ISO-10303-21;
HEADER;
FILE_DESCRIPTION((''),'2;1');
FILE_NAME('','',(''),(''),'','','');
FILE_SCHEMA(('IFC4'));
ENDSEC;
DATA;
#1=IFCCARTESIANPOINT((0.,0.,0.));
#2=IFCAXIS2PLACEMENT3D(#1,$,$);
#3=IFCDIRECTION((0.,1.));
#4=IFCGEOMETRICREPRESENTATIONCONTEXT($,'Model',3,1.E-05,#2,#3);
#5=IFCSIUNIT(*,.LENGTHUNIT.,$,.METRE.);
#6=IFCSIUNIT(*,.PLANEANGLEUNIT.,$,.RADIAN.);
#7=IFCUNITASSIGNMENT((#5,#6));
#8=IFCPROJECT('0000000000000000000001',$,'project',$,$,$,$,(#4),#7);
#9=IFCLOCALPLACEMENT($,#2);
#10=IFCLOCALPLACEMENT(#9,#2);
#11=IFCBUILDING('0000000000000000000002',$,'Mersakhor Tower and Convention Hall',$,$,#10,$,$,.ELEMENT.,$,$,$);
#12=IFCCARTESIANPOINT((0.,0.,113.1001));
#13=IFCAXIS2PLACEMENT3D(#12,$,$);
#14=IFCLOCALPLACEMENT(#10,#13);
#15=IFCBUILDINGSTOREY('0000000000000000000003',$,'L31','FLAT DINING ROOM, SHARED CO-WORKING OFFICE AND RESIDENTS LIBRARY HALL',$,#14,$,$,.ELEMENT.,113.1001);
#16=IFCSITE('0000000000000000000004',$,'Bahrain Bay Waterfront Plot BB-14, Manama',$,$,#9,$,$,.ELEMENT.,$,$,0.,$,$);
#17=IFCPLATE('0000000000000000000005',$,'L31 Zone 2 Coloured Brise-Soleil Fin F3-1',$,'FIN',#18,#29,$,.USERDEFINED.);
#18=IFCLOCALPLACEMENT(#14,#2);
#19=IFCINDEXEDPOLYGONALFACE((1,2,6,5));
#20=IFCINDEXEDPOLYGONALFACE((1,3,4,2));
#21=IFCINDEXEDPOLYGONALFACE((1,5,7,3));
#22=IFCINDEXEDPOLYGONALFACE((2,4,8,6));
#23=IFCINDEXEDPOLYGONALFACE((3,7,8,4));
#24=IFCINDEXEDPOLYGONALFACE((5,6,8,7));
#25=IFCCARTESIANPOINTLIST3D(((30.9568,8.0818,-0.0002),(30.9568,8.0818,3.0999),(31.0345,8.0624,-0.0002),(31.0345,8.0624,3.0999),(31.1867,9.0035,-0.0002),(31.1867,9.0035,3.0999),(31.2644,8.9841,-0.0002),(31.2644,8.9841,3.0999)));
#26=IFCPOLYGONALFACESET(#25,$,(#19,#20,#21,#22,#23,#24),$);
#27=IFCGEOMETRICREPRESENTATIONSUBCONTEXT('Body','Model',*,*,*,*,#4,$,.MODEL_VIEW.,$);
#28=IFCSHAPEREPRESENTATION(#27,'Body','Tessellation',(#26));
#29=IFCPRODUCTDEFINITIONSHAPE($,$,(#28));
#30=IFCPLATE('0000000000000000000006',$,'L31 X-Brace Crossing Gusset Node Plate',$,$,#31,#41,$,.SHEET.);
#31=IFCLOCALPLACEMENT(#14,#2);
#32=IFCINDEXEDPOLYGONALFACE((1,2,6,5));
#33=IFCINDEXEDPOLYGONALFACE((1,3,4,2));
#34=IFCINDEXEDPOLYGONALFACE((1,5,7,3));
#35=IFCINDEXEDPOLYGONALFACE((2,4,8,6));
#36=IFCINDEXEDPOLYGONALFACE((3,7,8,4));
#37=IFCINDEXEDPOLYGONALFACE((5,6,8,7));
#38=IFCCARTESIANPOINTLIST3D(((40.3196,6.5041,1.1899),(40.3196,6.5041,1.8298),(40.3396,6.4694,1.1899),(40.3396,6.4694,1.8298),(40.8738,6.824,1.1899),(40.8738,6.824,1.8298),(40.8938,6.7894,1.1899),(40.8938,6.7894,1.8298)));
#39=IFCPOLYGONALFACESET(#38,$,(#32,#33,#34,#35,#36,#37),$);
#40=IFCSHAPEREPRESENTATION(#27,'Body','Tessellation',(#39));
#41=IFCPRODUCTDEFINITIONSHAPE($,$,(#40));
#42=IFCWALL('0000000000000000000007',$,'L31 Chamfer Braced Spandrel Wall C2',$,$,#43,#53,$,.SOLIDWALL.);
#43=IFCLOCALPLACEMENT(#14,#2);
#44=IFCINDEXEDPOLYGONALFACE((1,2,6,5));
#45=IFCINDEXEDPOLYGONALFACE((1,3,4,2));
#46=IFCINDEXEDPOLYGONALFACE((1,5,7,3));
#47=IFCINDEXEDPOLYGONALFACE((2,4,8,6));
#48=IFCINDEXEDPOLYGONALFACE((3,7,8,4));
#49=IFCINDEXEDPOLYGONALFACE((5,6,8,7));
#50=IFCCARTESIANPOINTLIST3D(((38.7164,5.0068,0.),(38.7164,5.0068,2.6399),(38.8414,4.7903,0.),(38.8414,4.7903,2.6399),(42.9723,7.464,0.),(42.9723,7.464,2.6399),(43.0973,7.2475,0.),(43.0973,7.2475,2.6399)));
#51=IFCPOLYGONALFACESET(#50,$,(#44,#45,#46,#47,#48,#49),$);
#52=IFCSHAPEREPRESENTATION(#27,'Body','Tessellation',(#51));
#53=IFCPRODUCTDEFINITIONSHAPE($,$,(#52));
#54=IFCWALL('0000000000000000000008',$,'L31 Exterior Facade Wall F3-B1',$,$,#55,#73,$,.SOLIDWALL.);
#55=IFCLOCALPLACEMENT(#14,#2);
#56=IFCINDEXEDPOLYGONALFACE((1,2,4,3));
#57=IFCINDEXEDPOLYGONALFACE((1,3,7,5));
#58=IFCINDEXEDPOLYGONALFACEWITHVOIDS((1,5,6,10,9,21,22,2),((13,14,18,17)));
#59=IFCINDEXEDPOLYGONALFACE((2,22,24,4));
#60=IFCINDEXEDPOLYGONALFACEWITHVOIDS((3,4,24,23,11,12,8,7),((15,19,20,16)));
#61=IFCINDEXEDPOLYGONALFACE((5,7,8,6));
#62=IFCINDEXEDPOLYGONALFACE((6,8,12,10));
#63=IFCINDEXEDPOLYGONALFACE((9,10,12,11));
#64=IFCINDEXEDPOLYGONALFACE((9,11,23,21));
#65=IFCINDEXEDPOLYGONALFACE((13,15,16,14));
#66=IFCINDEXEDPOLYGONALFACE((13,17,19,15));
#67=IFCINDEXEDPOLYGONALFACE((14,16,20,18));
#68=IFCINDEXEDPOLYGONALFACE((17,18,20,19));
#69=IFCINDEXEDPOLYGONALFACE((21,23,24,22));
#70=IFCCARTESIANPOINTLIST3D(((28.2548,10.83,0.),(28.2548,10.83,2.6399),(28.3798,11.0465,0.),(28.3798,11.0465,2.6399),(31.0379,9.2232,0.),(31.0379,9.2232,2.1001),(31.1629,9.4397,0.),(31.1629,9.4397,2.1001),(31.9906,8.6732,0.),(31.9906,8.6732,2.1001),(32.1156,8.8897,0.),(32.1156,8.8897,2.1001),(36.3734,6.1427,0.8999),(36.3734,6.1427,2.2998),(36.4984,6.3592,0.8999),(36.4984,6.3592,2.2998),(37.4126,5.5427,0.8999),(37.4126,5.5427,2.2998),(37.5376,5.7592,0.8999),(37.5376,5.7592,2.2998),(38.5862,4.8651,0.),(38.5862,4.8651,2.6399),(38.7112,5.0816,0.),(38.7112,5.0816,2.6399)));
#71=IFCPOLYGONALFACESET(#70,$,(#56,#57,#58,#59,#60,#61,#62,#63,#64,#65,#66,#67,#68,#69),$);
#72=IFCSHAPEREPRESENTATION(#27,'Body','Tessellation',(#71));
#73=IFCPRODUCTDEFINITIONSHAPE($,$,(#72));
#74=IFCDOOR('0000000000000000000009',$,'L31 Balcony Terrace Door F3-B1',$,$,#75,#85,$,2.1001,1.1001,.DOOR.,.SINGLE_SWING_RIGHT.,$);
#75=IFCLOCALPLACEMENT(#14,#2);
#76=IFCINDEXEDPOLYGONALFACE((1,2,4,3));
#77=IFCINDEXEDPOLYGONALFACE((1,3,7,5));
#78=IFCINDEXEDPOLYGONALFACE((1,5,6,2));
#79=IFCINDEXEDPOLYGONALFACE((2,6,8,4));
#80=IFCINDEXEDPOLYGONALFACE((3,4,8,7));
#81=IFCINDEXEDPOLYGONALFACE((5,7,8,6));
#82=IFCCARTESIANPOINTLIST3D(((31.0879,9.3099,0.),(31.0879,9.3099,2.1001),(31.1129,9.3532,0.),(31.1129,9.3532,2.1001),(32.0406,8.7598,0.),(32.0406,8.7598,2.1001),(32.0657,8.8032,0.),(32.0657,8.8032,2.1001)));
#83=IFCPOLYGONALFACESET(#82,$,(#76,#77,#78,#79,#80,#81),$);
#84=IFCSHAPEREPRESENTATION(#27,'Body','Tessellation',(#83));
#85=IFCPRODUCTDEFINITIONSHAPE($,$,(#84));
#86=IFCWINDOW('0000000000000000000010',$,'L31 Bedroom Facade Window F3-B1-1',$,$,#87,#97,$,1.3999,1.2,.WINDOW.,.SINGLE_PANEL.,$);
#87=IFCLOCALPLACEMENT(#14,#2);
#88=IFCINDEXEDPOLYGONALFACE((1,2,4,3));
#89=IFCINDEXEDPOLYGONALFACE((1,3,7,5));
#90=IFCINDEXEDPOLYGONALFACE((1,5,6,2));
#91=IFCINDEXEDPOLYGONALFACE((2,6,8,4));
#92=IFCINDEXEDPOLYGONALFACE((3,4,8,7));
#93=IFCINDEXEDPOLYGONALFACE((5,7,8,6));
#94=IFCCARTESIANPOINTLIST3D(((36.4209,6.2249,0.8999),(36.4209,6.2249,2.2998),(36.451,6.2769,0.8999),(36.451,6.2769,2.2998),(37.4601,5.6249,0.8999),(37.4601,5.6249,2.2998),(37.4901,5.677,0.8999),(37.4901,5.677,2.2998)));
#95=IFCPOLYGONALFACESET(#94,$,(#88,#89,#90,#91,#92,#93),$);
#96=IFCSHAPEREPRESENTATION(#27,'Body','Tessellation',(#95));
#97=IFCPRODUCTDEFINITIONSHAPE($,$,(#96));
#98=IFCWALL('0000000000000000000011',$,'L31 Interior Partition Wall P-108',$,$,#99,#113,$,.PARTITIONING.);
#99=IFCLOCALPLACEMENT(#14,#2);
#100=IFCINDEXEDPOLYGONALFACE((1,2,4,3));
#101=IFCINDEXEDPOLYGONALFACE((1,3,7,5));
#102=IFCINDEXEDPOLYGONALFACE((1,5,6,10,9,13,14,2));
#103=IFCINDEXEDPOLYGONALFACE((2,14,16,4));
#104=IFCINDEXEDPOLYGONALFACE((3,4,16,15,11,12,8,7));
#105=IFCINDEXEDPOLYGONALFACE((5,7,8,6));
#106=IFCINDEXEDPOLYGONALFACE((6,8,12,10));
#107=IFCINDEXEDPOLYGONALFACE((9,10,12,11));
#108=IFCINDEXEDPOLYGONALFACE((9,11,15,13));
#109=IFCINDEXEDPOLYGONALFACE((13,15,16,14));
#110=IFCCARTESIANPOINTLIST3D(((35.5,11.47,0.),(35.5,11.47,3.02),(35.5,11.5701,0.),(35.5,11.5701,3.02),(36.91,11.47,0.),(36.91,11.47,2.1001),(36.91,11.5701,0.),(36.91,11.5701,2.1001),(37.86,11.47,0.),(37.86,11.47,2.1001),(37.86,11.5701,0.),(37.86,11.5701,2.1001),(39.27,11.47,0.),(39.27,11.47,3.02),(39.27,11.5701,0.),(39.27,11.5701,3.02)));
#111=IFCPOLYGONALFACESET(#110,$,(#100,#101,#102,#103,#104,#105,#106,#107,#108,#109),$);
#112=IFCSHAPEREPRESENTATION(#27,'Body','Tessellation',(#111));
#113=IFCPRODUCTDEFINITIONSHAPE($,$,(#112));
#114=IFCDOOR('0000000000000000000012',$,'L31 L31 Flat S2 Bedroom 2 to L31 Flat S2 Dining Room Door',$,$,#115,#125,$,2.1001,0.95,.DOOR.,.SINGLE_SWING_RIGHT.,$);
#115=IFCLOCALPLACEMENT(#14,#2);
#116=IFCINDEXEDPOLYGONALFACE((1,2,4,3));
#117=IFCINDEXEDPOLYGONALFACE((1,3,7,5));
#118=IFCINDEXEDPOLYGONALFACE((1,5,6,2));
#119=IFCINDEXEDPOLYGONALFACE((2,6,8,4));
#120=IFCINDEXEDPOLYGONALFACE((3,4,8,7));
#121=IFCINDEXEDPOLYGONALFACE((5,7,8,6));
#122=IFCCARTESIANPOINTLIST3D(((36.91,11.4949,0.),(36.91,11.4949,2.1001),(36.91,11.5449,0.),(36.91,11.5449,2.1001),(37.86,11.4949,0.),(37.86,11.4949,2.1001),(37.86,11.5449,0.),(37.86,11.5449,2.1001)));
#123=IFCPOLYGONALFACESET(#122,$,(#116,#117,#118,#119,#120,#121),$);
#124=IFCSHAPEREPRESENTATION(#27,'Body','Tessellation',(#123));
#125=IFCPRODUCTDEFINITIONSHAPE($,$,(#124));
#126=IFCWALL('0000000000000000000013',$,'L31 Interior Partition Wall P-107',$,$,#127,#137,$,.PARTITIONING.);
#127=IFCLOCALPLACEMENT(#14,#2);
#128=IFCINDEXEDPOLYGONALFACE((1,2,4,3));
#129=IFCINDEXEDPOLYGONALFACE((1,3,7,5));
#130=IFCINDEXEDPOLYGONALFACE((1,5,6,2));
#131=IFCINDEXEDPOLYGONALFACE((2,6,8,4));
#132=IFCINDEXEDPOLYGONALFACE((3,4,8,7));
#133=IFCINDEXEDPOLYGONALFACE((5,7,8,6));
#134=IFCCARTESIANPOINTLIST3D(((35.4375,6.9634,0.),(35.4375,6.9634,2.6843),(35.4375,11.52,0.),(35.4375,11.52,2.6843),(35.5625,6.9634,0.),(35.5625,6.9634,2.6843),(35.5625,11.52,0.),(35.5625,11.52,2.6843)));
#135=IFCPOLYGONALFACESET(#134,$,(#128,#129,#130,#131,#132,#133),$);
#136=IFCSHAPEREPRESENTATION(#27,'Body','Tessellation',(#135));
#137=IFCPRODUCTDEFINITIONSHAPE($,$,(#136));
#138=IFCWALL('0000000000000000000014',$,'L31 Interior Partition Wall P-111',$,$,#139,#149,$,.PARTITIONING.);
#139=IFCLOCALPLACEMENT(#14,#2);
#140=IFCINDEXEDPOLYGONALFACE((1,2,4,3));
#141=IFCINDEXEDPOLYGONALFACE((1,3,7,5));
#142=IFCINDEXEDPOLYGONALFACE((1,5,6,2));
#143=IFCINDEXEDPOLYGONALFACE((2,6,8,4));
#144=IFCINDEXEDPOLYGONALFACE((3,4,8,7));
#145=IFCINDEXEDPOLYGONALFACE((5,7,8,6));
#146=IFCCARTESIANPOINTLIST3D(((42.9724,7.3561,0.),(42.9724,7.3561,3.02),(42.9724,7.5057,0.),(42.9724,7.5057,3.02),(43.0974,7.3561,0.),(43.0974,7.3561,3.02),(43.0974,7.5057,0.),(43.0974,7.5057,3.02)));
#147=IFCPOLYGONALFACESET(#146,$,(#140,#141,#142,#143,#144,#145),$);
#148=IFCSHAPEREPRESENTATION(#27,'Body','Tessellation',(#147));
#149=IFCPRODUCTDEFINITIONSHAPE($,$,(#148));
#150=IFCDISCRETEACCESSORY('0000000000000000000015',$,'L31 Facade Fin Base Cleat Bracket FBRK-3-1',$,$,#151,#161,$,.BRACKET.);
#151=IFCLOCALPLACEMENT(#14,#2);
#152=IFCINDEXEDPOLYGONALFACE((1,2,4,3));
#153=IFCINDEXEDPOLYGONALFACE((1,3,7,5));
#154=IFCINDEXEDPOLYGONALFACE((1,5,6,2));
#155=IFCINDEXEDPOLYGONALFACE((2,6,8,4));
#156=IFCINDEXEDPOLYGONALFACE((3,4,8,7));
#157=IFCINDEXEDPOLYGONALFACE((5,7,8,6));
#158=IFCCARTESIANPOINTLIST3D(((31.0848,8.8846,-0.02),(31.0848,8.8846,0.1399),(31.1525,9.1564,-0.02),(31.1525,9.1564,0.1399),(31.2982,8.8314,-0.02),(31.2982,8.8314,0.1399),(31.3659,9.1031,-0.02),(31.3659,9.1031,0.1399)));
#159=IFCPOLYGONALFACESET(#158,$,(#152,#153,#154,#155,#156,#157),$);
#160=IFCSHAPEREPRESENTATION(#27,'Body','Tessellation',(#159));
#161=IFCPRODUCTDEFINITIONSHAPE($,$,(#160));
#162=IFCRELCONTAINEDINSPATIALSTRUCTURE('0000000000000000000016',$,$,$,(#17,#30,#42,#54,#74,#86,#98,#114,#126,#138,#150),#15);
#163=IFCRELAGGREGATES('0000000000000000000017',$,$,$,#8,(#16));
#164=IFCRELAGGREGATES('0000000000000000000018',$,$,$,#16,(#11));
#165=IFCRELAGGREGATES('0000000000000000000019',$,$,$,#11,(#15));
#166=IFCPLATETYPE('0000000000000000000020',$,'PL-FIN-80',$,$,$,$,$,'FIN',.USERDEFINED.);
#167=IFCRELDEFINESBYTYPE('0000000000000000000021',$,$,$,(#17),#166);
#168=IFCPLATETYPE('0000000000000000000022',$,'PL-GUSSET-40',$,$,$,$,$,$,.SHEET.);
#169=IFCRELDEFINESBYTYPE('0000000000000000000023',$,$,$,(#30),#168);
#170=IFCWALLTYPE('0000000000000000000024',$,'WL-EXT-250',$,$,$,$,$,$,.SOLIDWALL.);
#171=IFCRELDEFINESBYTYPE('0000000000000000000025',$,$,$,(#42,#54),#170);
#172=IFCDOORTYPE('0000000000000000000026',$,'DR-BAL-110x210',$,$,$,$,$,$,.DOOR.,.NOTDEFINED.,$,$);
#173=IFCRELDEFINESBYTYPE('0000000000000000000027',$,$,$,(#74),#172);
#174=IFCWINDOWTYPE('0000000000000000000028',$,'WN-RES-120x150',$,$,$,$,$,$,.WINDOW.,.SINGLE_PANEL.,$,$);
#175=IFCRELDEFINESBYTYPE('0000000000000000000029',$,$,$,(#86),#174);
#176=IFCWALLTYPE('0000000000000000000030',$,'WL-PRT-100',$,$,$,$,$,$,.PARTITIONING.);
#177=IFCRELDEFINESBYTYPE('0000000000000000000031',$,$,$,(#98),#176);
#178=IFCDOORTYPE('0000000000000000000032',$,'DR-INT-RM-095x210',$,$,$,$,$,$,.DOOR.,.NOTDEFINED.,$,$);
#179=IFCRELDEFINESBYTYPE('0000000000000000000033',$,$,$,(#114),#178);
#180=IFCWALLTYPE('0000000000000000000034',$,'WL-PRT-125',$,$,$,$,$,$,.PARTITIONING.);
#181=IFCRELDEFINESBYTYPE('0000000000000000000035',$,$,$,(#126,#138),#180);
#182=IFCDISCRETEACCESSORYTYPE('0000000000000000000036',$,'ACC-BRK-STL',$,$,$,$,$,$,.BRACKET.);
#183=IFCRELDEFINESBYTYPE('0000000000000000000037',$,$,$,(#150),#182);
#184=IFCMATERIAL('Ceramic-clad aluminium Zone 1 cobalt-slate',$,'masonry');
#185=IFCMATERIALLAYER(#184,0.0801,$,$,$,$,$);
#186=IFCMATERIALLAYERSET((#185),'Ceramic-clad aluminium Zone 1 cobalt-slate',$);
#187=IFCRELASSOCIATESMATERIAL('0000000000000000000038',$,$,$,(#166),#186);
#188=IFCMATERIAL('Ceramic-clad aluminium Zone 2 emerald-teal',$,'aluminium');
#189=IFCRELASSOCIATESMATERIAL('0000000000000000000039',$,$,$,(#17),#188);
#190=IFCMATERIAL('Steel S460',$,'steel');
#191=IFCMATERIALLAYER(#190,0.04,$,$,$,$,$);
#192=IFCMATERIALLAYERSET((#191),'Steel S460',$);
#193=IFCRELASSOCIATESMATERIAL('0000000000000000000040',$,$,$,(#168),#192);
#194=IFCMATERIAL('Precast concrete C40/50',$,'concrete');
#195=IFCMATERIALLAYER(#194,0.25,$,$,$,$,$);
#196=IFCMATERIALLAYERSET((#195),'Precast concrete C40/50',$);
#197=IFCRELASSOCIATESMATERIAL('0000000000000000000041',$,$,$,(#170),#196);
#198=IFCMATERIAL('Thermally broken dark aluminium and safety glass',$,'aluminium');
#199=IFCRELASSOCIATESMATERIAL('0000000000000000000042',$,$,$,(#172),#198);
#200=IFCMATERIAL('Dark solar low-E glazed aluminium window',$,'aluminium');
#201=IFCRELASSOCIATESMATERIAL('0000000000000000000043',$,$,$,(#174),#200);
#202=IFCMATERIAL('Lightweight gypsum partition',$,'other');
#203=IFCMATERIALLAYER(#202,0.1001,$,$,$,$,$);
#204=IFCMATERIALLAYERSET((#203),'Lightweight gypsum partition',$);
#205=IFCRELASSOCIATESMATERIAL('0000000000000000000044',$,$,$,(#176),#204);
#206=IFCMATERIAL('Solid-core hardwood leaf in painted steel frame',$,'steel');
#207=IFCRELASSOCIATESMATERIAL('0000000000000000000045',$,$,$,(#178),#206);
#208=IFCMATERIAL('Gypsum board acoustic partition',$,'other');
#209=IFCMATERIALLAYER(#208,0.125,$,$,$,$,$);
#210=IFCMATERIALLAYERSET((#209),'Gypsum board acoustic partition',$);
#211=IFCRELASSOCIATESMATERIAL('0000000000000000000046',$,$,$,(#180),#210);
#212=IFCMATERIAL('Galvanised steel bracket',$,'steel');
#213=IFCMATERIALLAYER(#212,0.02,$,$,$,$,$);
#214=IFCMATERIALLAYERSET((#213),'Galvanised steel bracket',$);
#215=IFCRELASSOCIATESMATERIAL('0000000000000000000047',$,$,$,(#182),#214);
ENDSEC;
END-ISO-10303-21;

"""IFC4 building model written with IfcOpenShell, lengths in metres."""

from ifc_helpers import new_model, si_unit, direction, frame, frame_2d, origin, origin_2d, place, context, subcontext, project, spatial, rectangle, extrude, material, layer, layer_set, type_object, element, fill, save


model = new_model("IFC4")

# Units and contexts
model_context = context("Model", 3, precision=1e-05, world=origin(), true_north=direction((0.0, 1.0)))
body_context = subcontext(model_context, "Body", "Model", "MODEL_VIEW")
ifc_project = project(units=[si_unit("LENGTHUNIT", "METRE"), si_unit("PLANEANGLEUNIT", "RADIAN")], contexts=[model_context])

# Site, building, storey
site_placement = place(None, origin())
site = spatial("IfcSite", under=ifc_project, at=site_placement, Name="Bahrain Bay Waterfront Plot BB-14, Manama", CompositionType="ELEMENT", RefElevation=0.0)
building_placement = place(site_placement, origin())
building = spatial("IfcBuilding", under=site, at=building_placement, Name="Mersakhor Tower and Convention Hall", CompositionType="ELEMENT")
storey_placement = place(building_placement, frame((0.0, 0.0, 113.1001)))
storey = spatial("IfcBuildingStorey", under=building, at=storey_placement, Name="L31", Description="FLAT DINING ROOM, SHARED CO-WORKING OFFICE AND RESIDENTS LIBRARY HALL", CompositionType="ELEMENT", Elevation=113.1001)

# Plates
ifc_material_1 = material(Name="Ceramic-clad aluminium Zone 2 emerald-teal", Category="aluminium")
ifc_material_2 = material(Name="Ceramic-clad aluminium Zone 1 cobalt-slate", Category="masonry")
ifc_layer_1 = layer(ifc_material_2, 0.0801)
ifc_layer_set_1 = layer_set([ifc_layer_1], Name="Ceramic-clad aluminium Zone 1 cobalt-slate")
plate_type_1 = type_object("IfcPlateType", Name="PL-FIN-80", ElementType="FIN", PredefinedType="USERDEFINED", material=ifc_layer_set_1)
plate_1_placement = place(storey_placement, frame((31.1106, 8.533, -0.0002), z_axis=(0.0, 0.0, 1.0), x_axis=(-0.241922, -0.970296, 0.0)))
element("IfcPlate", 1, at=plate_1_placement, inside=storey, type_object=plate_type_1, material=ifc_material_1, Name="L31 Zone 2 Coloured Brise-Soleil Fin F3-1", ObjectType="FIN", PredefinedType="USERDEFINED", context=body_context, shape_type="SweptSolid", body=[
    extrude(rectangle(XDim=0.95, YDim=0.0801, at=origin_2d()), origin(), (0.0, 0.0, 1.0), 3.1001),
])
ifc_material_3 = material(Name="Steel S460", Category="steel")
ifc_layer_2 = layer(ifc_material_3, 0.04)
ifc_layer_set_2 = layer_set([ifc_layer_2], Name="Steel S460")
plate_type_2 = type_object("IfcPlateType", Name="PL-GUSSET-40", PredefinedType="SHEET", material=ifc_layer_set_2)
plate_2_placement = place(storey_placement, frame((40.6067, 6.6467, 1.1899), z_axis=(0.0, 0.0, 1.0), x_axis=(0.866025, 0.5, 0.0)))
element("IfcPlate", 2, at=plate_2_placement, inside=storey, type_object=plate_type_2, Name="L31 X-Brace Crossing Gusset Node Plate", PredefinedType="SHEET", context=body_context, shape_type="SweptSolid", body=[
    extrude(rectangle(XDim=0.6399, YDim=0.04, at=origin_2d()), origin(), (0.0, 0.0, 1.0), 0.6399),
])

# Wall
ifc_material_4 = material(Name="Precast concrete C40/50", Category="concrete")
ifc_layer_3 = layer(ifc_material_4, 0.25)
ifc_layer_set_3 = layer_set([ifc_layer_3], Name="Precast concrete C40/50")
wall_type_1 = type_object("IfcWallType", Name="WL-EXT-250", PredefinedType="SOLIDWALL", material=ifc_layer_set_3)
wall_1_placement = place(storey_placement, frame((43.0347, 7.3557, 0.0), z_axis=(0.0, 0.0, 1.0), x_axis=(-0.866012, -0.500023, 0.0)))
element("IfcWall", 3, at=wall_1_placement, inside=storey, type_object=wall_type_1, Name="L31 Chamfer Braced Spandrel Wall C2", PredefinedType="SOLIDWALL", context=body_context, shape_type="SweptSolid", body=[
    extrude(rectangle(XDim=4.9143, YDim=0.25, at=frame_2d((2.457, 0.0))), origin(), (0.0, 0.0, 1.0), 2.6399),
])

# Wall, openings, door, window
wall_2_placement = place(storey_placement, frame((38.6487, 4.9734, 0.0), z_axis=(0.0, 0.0, 1.0), x_axis=(-0.866023, 0.500004, 0.0)))
wall_2 = element("IfcWall", 4, at=wall_2_placement, inside=storey, type_object=wall_type_1, Name="L31 Exterior Facade Wall F3-B1", PredefinedType="SOLIDWALL", context=body_context, shape_type="SweptSolid", body=[
    extrude(rectangle(XDim=11.9297, YDim=0.25, at=frame_2d((5.9648, 0.0))), origin(), (0.0, 0.0, 1.0), 2.6399),
])
opening_1_placement = place(wall_2_placement, frame((7.616, 0.0, 0.0)))
opening_1 = element("IfcOpeningElement", 5, at=opening_1_placement, cuts=wall_2, PredefinedType="OPENING", context=body_context, shape_type="SweptSolid", body=[
    extrude(rectangle(XDim=1.1001, YDim=2.1001, at=frame_2d((0.55, 1.05))), frame((0.0, 0.135, 0.0), z_axis=(0.0, -1.0, 0.0), x_axis=(1.0, 0.0, 0.0)), (0.0, 0.0, 1.0), 0.27),
])
opening_2_placement = place(wall_2_placement, frame((1.355, 0.0, 0.8999)))
opening_2 = element("IfcOpeningElement", 6, at=opening_2_placement, cuts=wall_2, PredefinedType="OPENING", context=body_context, shape_type="SweptSolid", body=[
    extrude(rectangle(XDim=1.2, YDim=1.3999, at=frame_2d((0.6001, 0.7))), frame((0.0, 0.135, 0.0), z_axis=(0.0, -1.0, 0.0), x_axis=(1.0, 0.0, 0.0)), (0.0, 0.0, 1.0), 0.27),
])
ifc_material_5 = material(Name="Thermally broken dark aluminium and safety glass", Category="aluminium")
door_type_1 = type_object("IfcDoorType", Name="DR-BAL-110x210", OperationType="NOTDEFINED", PredefinedType="DOOR", material=ifc_material_5)
door_1_placement = place(opening_1_placement, origin())
door_1 = element("IfcDoor", 7, at=door_1_placement, inside=storey, type_object=door_type_1, Name="L31 Balcony Terrace Door F3-B1", OperationType="SINGLE_SWING_RIGHT", OverallHeight=2.1001, OverallWidth=1.1001, PredefinedType="DOOR", context=body_context, shape_type="SweptSolid", body=[
    extrude(rectangle(XDim=1.1001, YDim=2.1001, at=frame_2d((0.55, 1.05))), frame((0.0, 0.0249, 0.0), z_axis=(0.0, -1.0, 0.0), x_axis=(1.0, 0.0, 0.0)), (0.0, 0.0, 1.0), 0.05),
])
fill(opening_1, door_1)
ifc_material_6 = material(Name="Dark solar low-E glazed aluminium window", Category="aluminium")
window_type = type_object("IfcWindowType", Name="WN-RES-120x150", PartitioningType="SINGLE_PANEL", PredefinedType="WINDOW", material=ifc_material_6)
window_placement = place(opening_2_placement, origin())
window = element("IfcWindow", 8, at=window_placement, inside=storey, type_object=window_type, Name="L31 Bedroom Facade Window F3-B1-1", OverallHeight=1.3999, OverallWidth=1.2, PartitioningType="SINGLE_PANEL", PredefinedType="WINDOW", context=body_context, shape_type="SweptSolid", body=[
    extrude(rectangle(XDim=1.2, YDim=1.3999, at=frame_2d((0.6001, 0.7))), frame((0.0, 0.03, 0.0), z_axis=(0.0, -1.0, 0.0), x_axis=(1.0, 0.0, 0.0)), (0.0, 0.0, 1.0), 0.0601),
])
fill(opening_2, window)

# Wall, opening, door
ifc_material_7 = material(Name="Lightweight gypsum partition", Category="other")
ifc_layer_4 = layer(ifc_material_7, 0.1001)
ifc_layer_set_4 = layer_set([ifc_layer_4], Name="Lightweight gypsum partition")
wall_type_2 = type_object("IfcWallType", Name="WL-PRT-100", PredefinedType="PARTITIONING", material=ifc_layer_set_4)
wall_3_placement = place(storey_placement, frame((35.5, 11.52, 0.0), z_axis=(0.0, 0.0, 1.0), x_axis=(1.0, 0.0, 0.0)))
wall_3 = element("IfcWall", 9, at=wall_3_placement, inside=storey, type_object=wall_type_2, Name="L31 Interior Partition Wall P-108", PredefinedType="PARTITIONING", context=body_context, shape_type="SweptSolid", body=[
    extrude(rectangle(XDim=3.77, YDim=0.1001, at=frame_2d((1.885, 0.0))), origin(), (0.0, 0.0, 1.0), 3.02),
])
opening_3_placement = place(wall_3_placement, frame((1.4099, 0.0, 0.0)))
opening_3 = element("IfcOpeningElement", 10, at=opening_3_placement, cuts=wall_3, PredefinedType="OPENING", context=body_context, shape_type="SweptSolid", body=[
    extrude(rectangle(XDim=0.95, YDim=2.1001, at=frame_2d((0.4751, 1.05))), frame((0.0, 0.0601, 0.0), z_axis=(0.0, -1.0, 0.0), x_axis=(1.0, 0.0, 0.0)), (0.0, 0.0, 1.0), 0.1201),
])
ifc_material_8 = material(Name="Solid-core hardwood leaf in painted steel frame", Category="steel")
door_type_2 = type_object("IfcDoorType", Name="DR-INT-RM-095x210", OperationType="NOTDEFINED", PredefinedType="DOOR", material=ifc_material_8)
door_2_placement = place(opening_3_placement, origin())
door_2 = element("IfcDoor", 11, at=door_2_placement, inside=storey, type_object=door_type_2, Name="L31 L31 Flat S2 Bedroom 2 to L31 Flat S2 Dining Room Door", OperationType="SINGLE_SWING_RIGHT", OverallHeight=2.1001, OverallWidth=0.95, PredefinedType="DOOR", context=body_context, shape_type="SweptSolid", body=[
    extrude(rectangle(XDim=0.95, YDim=2.1001, at=frame_2d((0.4751, 1.05))), frame((0.0, 0.0249, 0.0), z_axis=(0.0, -1.0, 0.0), x_axis=(1.0, 0.0, 0.0)), (0.0, 0.0, 1.0), 0.05),
])
fill(opening_3, door_2)

# Walls
ifc_material_9 = material(Name="Gypsum board acoustic partition", Category="other")
ifc_layer_5 = layer(ifc_material_9, 0.125)
ifc_layer_set_5 = layer_set([ifc_layer_5], Name="Gypsum board acoustic partition")
wall_type_3 = type_object("IfcWallType", Name="WL-PRT-125", PredefinedType="PARTITIONING", material=ifc_layer_set_5)
wall_4_placement = place(storey_placement, frame((35.5, 11.52, 0.0), z_axis=(0.0, 0.0, 1.0), x_axis=(0.0, -1.0, 0.0)))
element("IfcWall", 12, at=wall_4_placement, inside=storey, type_object=wall_type_3, Name="L31 Interior Partition Wall P-107", PredefinedType="PARTITIONING", context=body_context, shape_type="SweptSolid", body=[
    extrude(rectangle(XDim=4.5566, YDim=0.125, at=frame_2d((2.2783, 0.0))), origin(), (0.0, 0.0, 1.0), 2.6843),
])
wall_5_placement = place(storey_placement, frame((43.0349, 7.5056, 0.0), z_axis=(0.0, 0.0, 1.0), x_axis=(0.0, -1.0, 0.0)))
element("IfcWall", 13, at=wall_5_placement, inside=storey, type_object=wall_type_3, Name="L31 Interior Partition Wall P-111", PredefinedType="PARTITIONING", context=body_context, shape_type="SweptSolid", body=[
    extrude(rectangle(XDim=0.1497, YDim=0.125, at=frame_2d((0.0747, 0.0))), origin(), (0.0, 0.0, 1.0), 3.02),
])

# Discrete accessory
ifc_material_10 = material(Name="Galvanised steel bracket", Category="steel")
ifc_layer_6 = layer(ifc_material_10, 0.02)
ifc_layer_set_6 = layer_set([ifc_layer_6], Name="Galvanised steel bracket")
discrete_accessory_type = type_object("IfcDiscreteAccessoryType", Name="ACC-BRK-STL", PredefinedType="BRACKET", material=ifc_layer_set_6)
discrete_accessory_placement = place(storey_placement, frame((31.2253, 8.9939, -0.02), z_axis=(0.0, 0.0, 1.0), x_axis=(-0.241922, -0.970296, 0.0)))
element("IfcDiscreteAccessory", 14, at=discrete_accessory_placement, inside=storey, type_object=discrete_accessory_type, Name="L31 Facade Fin Base Cleat Bracket FBRK-3-1", PredefinedType="BRACKET", context=body_context, shape_type="SweptSolid", body=[
    extrude(rectangle(XDim=0.28, YDim=0.22, at=origin_2d()), origin(), (0.0, 0.0, 1.0), 0.1599),
])

save(model, "model.ifc")
